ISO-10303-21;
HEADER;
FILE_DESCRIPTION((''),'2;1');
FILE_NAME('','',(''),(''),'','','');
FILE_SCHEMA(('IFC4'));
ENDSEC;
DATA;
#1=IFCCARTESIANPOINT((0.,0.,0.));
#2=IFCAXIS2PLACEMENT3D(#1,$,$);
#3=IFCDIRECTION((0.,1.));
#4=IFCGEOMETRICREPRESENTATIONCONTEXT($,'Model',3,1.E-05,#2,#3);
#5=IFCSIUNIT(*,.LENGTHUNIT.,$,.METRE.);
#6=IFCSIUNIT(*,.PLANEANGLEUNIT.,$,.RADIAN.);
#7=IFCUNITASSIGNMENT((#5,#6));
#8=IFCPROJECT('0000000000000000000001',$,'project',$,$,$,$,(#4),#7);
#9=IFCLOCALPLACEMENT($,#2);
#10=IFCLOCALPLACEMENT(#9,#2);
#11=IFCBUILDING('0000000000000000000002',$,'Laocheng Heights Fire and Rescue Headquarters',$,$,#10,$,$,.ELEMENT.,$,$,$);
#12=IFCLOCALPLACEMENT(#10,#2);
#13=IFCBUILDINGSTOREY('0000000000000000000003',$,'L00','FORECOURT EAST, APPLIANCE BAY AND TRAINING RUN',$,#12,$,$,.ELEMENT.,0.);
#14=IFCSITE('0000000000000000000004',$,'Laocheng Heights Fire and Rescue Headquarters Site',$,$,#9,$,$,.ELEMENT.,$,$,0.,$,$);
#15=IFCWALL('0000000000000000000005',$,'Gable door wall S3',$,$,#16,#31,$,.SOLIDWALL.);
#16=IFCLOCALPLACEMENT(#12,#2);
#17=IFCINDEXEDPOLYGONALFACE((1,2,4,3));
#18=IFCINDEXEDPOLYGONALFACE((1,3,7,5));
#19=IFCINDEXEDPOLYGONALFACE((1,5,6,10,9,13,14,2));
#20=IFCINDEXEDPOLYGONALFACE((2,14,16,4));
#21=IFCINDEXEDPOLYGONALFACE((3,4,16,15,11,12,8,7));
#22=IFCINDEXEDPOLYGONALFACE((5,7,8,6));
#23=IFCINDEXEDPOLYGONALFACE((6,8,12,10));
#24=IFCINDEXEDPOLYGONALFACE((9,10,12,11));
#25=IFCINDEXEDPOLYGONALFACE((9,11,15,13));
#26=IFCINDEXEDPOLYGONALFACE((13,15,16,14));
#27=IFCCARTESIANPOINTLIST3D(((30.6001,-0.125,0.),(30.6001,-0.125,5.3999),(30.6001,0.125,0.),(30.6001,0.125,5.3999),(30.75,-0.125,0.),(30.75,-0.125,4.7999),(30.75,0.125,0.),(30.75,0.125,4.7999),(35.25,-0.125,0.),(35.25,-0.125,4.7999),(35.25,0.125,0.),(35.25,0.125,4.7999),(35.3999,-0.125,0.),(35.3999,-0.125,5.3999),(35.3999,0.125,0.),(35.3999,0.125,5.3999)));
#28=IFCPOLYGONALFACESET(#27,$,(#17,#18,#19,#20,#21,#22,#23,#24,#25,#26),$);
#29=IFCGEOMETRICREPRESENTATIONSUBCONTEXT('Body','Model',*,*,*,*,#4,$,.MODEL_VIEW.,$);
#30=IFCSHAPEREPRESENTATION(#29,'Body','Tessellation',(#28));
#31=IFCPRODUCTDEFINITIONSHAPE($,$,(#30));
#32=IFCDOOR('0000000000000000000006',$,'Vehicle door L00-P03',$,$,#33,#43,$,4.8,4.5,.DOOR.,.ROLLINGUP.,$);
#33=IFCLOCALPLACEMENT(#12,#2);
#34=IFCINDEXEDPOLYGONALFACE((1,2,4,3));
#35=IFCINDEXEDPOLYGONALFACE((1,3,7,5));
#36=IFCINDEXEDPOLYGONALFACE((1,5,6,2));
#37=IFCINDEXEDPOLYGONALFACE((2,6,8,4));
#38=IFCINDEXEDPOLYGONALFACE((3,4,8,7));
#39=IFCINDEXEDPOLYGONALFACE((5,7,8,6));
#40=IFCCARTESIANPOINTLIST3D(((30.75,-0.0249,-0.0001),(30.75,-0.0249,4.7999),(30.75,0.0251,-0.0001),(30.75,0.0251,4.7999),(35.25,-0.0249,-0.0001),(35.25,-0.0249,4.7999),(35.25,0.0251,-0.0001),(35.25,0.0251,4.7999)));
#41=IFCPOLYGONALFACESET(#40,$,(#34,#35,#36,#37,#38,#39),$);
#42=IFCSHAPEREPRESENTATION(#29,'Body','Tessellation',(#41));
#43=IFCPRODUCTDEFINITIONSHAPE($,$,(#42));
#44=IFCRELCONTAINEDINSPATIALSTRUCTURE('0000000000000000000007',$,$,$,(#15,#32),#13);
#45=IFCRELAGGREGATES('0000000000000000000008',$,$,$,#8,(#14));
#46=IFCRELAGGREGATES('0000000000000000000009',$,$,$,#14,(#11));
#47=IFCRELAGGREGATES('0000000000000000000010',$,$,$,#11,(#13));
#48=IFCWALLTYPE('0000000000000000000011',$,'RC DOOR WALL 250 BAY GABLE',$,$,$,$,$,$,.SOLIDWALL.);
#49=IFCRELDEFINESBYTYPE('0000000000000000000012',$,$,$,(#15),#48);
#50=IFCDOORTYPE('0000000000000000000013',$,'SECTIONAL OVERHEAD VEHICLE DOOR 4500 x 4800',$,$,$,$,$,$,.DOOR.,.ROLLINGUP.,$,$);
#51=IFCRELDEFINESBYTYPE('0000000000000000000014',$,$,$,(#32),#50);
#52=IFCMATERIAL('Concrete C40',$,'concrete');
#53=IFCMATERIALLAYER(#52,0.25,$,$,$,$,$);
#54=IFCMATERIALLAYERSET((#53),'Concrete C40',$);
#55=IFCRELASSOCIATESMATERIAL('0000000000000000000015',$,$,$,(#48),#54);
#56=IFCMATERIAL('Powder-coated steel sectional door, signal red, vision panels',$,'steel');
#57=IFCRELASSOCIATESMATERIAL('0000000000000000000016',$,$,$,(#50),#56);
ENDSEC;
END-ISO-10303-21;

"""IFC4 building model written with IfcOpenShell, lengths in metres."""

from ifc_helpers import new_model, si_unit, direction, frame, frame_2d, origin, place, context, subcontext, project, spatial, rectangle, extrude, material, layer, layer_set, type_object, element, fill, save


model = new_model("IFC4")

# Units and contexts
model_context = context("Model", 3, precision=1e-05, world=origin(), true_north=direction((0.0, 1.0)))
body_context = subcontext(model_context, "Body", "Model", "MODEL_VIEW")
ifc_project = project(units=[si_unit("LENGTHUNIT", "METRE"), si_unit("PLANEANGLEUNIT", "RADIAN")], contexts=[model_context])

# Site, building, storey
site_placement = place(None, origin())
site = spatial("IfcSite", under=ifc_project, at=site_placement, Name="Laocheng Heights Fire and Rescue Headquarters Site", CompositionType="ELEMENT", RefElevation=0.0)
building_placement = place(site_placement, origin())
building = spatial("IfcBuilding", under=site, at=building_placement, Name="Laocheng Heights Fire and Rescue Headquarters", CompositionType="ELEMENT")
storey_placement = place(building_placement, origin())
storey = spatial("IfcBuildingStorey", under=building, at=storey_placement, Name="L00", Description="FORECOURT EAST, APPLIANCE BAY AND TRAINING RUN", CompositionType="ELEMENT", Elevation=0.0)

# Wall, opening, door
ifc_material_1 = material(Name="Concrete C40", Category="concrete")
ifc_layer = layer(ifc_material_1, 0.25)
ifc_layer_set = layer_set([ifc_layer], Name="Concrete C40")
wall_type = type_object("IfcWallType", Name="RC DOOR WALL 250 BAY GABLE", PredefinedType="SOLIDWALL", material=ifc_layer_set)
wall_placement = place(storey_placement, frame((30.6001, 0.0, 0.0), z_axis=(0.0, 0.0, 1.0), x_axis=(1.0, 0.0, 0.0)))
wall = element("IfcWall", 1, at=wall_placement, inside=storey, type_object=wall_type, Name="Gable door wall S3", PredefinedType="SOLIDWALL", context=body_context, shape_type="SweptSolid", body=[
    extrude(rectangle(XDim=4.7998, YDim=0.25, at=frame_2d((2.3999, 0.0))), origin(), (0.0, 0.0, 1.0), 5.3999),
])
opening_placement = place(wall_placement, frame((0.1499, 0.0, 0.0)))
opening = element("IfcOpeningElement", 2, at=opening_placement, cuts=wall, PredefinedType="OPENING", context=body_context, shape_type="SweptSolid", body=[
    extrude(rectangle(XDim=4.5, YDim=4.8, at=frame_2d((2.25, 2.3999))), frame((0.0, 0.135, 0.0), z_axis=(0.0, -1.0, 0.0), x_axis=(1.0, 0.0, 0.0)), (0.0, 0.0, 1.0), 0.27),
])
ifc_material_2 = material(Name="Powder-coated steel sectional door, signal red, vision panels", Category="steel")
door_type = type_object("IfcDoorType", Name="SECTIONAL OVERHEAD VEHICLE DOOR 4500 x 4800", OperationType="ROLLINGUP", PredefinedType="DOOR", material=ifc_material_2)
door_placement = place(opening_placement, frame((4.5, 0.0, 0.0), z_axis=(0.0, 0.0, 1.0), x_axis=(-1.0, 0.0, 0.0)))
door = element("IfcDoor", 3, at=door_placement, inside=storey, type_object=door_type, Name="Vehicle door L00-P03", OperationType="ROLLINGUP", OverallHeight=4.8, OverallWidth=4.5, PredefinedType="DOOR", context=body_context, shape_type="SweptSolid", body=[
    extrude(rectangle(XDim=4.5, YDim=4.8, at=frame_2d((2.25, 2.3999))), frame((0.0, 0.0249, 0.0), z_axis=(0.0, -1.0, 0.0), x_axis=(1.0, 0.0, 0.0)), (0.0, 0.0, 1.0), 0.05),
])
fill(opening, door)

save(model, "model.ifc")
